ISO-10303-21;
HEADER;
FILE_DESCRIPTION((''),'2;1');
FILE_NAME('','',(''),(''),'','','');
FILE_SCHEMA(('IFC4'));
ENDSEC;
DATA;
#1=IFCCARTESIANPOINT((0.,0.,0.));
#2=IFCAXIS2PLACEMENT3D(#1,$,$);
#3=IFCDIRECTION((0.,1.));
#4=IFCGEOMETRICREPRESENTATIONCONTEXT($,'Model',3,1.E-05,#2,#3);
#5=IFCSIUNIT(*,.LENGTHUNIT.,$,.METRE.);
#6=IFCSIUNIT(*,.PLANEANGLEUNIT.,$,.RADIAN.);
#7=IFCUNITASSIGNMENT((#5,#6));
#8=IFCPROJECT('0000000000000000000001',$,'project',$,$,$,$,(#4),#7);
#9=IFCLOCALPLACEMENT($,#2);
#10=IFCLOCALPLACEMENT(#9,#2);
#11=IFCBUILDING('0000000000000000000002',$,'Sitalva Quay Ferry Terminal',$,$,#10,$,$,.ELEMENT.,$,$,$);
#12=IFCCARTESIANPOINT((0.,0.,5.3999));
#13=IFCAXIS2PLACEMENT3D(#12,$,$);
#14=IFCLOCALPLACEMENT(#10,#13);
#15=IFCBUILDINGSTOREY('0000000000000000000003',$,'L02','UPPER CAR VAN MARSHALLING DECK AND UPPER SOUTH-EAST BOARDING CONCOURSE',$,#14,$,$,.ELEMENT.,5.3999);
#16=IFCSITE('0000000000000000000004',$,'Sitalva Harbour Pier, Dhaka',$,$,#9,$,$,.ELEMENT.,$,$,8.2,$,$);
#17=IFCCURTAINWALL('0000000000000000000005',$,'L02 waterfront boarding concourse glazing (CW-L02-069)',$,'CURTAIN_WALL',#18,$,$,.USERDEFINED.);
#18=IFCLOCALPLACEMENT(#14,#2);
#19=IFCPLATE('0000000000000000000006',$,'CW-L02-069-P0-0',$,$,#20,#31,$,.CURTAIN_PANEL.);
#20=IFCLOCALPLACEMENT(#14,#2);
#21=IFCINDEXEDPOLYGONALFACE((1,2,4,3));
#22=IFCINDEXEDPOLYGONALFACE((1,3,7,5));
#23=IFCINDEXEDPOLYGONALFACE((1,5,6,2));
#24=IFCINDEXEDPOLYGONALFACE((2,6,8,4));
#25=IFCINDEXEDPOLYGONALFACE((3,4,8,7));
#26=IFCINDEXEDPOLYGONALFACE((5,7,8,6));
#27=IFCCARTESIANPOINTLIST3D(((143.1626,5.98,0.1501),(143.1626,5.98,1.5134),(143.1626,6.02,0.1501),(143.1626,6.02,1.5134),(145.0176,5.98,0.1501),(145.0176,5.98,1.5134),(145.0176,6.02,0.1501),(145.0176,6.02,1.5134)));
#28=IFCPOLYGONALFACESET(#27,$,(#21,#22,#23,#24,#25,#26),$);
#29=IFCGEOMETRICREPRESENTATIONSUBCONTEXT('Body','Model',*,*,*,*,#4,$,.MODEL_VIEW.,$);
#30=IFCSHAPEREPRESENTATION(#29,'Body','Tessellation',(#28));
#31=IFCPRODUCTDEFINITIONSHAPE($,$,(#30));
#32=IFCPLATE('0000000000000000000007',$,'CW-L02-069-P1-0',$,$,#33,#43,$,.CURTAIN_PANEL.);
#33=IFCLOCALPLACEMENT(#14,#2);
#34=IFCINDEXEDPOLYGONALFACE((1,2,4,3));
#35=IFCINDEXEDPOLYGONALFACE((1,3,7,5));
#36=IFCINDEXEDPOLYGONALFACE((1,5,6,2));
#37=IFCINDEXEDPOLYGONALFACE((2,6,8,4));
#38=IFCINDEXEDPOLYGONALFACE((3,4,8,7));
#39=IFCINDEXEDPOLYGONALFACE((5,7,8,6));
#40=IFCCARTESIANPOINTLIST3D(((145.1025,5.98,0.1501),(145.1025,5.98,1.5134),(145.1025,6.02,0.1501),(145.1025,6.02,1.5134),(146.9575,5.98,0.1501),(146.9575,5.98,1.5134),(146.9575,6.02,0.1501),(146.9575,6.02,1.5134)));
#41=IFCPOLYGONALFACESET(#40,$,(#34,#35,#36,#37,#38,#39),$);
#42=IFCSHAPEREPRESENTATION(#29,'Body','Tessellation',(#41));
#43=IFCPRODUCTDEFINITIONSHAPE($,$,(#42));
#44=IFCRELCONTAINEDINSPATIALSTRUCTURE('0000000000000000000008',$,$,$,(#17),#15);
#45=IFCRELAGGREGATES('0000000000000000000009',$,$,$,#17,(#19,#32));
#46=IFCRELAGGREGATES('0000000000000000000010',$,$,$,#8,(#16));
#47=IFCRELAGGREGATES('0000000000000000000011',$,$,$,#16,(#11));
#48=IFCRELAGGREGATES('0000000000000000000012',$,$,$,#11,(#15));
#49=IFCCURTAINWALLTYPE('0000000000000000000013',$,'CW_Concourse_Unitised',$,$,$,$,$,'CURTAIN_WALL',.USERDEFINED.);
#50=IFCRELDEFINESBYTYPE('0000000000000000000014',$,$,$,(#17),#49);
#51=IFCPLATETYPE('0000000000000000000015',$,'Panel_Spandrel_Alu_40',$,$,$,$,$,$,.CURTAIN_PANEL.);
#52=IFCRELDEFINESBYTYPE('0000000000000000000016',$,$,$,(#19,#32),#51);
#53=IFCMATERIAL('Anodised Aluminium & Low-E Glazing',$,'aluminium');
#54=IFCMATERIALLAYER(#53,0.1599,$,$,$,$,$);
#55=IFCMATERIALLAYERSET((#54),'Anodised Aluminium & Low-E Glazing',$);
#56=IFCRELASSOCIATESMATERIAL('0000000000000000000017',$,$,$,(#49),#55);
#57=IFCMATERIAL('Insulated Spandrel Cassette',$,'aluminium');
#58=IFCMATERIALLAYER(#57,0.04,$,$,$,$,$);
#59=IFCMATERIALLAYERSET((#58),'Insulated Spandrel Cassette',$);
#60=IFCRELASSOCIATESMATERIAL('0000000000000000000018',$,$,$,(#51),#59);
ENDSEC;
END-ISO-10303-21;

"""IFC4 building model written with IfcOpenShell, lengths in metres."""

from ifc_helpers import new_model, si_unit, direction, frame, origin, origin_2d, place, context, subcontext, project, spatial, rectangle, extrude, material, layer, layer_set, type_object, element, aggregate, save


model = new_model("IFC4")

# Units and contexts
model_context = context("Model", 3, precision=1e-05, world=origin(), true_north=direction((0.0, 1.0)))
body_context = subcontext(model_context, "Body", "Model", "MODEL_VIEW")
ifc_project = project(units=[si_unit("LENGTHUNIT", "METRE"), si_unit("PLANEANGLEUNIT", "RADIAN")], contexts=[model_context])

# Site, building, storey
site_placement = place(None, origin())
site = spatial("IfcSite", under=ifc_project, at=site_placement, Name="Sitalva Harbour Pier, Dhaka", CompositionType="ELEMENT", RefElevation=8.2)
building_placement = place(site_placement, origin())
building = spatial("IfcBuilding", under=site, at=building_placement, Name="Sitalva Quay Ferry Terminal", CompositionType="ELEMENT")
storey_placement = place(building_placement, frame((0.0, 0.0, 5.3999)))
storey = spatial("IfcBuildingStorey", under=building, at=storey_placement, Name="L02", Description="UPPER CAR VAN MARSHALLING DECK AND UPPER SOUTH-EAST BOARDING CONCOURSE", CompositionType="ELEMENT", Elevation=5.3999)

# Shared definitions
ifc_material_1 = material(Name="Anodised Aluminium & Low-E Glazing", Category="aluminium")
ifc_layer_1 = layer(ifc_material_1, 0.1599)
ifc_layer_set_1 = layer_set([ifc_layer_1], Name="Anodised Aluminium & Low-E Glazing")
curtain_wall_type = type_object("IfcCurtainWallType", Name="CW_Concourse_Unitised", ElementType="CURTAIN_WALL", PredefinedType="USERDEFINED", material=ifc_layer_set_1)

# Curtain wall
curtain_wall_1_placement = place(storey_placement, origin())
curtain_wall_1 = element("IfcCurtainWall", 1, at=curtain_wall_1_placement, inside=storey, type_object=curtain_wall_type, Name="L02 waterfront boarding concourse glazing (CW-L02-069)", ObjectType="CURTAIN_WALL", PredefinedType="USERDEFINED")

# Plates
ifc_material_2 = material(Name="Insulated Spandrel Cassette", Category="aluminium")
ifc_layer_2 = layer(ifc_material_2, 0.04)
ifc_layer_set_2 = layer_set([ifc_layer_2], Name="Insulated Spandrel Cassette")
plate_type_1 = type_object("IfcPlateType", Name="Panel_Spandrel_Alu_40", PredefinedType="CURTAIN_PANEL", material=ifc_layer_set_2)
plate_1_placement = place(storey_placement, frame((144.0901, 6.0, 0.1501), z_axis=(0.0, 0.0, 1.0), x_axis=(1.0, 0.0, 0.0)))
plate_1 = element("IfcPlate", 2, at=plate_1_placement, type_object=plate_type_1, Name="CW-L02-069-P0-0", PredefinedType="CURTAIN_PANEL", context=body_context, shape_type="SweptSolid", body=[
    extrude(rectangle(XDim=1.855, YDim=0.04, at=origin_2d()), origin(), (0.0, 0.0, 1.0), 1.3633),
])
plate_2_placement = place(storey_placement, frame((146.03, 6.0, 0.1501), z_axis=(0.0, 0.0, 1.0), x_axis=(1.0, 0.0, 0.0)))
plate_2 = element("IfcPlate", 3, at=plate_2_placement, type_object=plate_type_1, Name="CW-L02-069-P1-0", PredefinedType="CURTAIN_PANEL", context=body_context, shape_type="SweptSolid", body=[
    extrude(rectangle(XDim=1.855, YDim=0.04, at=origin_2d()), origin(), (0.0, 0.0, 1.0), 1.3633),
])
aggregate(curtain_wall_1, [plate_1, plate_2])

save(model, "model.ifc")
